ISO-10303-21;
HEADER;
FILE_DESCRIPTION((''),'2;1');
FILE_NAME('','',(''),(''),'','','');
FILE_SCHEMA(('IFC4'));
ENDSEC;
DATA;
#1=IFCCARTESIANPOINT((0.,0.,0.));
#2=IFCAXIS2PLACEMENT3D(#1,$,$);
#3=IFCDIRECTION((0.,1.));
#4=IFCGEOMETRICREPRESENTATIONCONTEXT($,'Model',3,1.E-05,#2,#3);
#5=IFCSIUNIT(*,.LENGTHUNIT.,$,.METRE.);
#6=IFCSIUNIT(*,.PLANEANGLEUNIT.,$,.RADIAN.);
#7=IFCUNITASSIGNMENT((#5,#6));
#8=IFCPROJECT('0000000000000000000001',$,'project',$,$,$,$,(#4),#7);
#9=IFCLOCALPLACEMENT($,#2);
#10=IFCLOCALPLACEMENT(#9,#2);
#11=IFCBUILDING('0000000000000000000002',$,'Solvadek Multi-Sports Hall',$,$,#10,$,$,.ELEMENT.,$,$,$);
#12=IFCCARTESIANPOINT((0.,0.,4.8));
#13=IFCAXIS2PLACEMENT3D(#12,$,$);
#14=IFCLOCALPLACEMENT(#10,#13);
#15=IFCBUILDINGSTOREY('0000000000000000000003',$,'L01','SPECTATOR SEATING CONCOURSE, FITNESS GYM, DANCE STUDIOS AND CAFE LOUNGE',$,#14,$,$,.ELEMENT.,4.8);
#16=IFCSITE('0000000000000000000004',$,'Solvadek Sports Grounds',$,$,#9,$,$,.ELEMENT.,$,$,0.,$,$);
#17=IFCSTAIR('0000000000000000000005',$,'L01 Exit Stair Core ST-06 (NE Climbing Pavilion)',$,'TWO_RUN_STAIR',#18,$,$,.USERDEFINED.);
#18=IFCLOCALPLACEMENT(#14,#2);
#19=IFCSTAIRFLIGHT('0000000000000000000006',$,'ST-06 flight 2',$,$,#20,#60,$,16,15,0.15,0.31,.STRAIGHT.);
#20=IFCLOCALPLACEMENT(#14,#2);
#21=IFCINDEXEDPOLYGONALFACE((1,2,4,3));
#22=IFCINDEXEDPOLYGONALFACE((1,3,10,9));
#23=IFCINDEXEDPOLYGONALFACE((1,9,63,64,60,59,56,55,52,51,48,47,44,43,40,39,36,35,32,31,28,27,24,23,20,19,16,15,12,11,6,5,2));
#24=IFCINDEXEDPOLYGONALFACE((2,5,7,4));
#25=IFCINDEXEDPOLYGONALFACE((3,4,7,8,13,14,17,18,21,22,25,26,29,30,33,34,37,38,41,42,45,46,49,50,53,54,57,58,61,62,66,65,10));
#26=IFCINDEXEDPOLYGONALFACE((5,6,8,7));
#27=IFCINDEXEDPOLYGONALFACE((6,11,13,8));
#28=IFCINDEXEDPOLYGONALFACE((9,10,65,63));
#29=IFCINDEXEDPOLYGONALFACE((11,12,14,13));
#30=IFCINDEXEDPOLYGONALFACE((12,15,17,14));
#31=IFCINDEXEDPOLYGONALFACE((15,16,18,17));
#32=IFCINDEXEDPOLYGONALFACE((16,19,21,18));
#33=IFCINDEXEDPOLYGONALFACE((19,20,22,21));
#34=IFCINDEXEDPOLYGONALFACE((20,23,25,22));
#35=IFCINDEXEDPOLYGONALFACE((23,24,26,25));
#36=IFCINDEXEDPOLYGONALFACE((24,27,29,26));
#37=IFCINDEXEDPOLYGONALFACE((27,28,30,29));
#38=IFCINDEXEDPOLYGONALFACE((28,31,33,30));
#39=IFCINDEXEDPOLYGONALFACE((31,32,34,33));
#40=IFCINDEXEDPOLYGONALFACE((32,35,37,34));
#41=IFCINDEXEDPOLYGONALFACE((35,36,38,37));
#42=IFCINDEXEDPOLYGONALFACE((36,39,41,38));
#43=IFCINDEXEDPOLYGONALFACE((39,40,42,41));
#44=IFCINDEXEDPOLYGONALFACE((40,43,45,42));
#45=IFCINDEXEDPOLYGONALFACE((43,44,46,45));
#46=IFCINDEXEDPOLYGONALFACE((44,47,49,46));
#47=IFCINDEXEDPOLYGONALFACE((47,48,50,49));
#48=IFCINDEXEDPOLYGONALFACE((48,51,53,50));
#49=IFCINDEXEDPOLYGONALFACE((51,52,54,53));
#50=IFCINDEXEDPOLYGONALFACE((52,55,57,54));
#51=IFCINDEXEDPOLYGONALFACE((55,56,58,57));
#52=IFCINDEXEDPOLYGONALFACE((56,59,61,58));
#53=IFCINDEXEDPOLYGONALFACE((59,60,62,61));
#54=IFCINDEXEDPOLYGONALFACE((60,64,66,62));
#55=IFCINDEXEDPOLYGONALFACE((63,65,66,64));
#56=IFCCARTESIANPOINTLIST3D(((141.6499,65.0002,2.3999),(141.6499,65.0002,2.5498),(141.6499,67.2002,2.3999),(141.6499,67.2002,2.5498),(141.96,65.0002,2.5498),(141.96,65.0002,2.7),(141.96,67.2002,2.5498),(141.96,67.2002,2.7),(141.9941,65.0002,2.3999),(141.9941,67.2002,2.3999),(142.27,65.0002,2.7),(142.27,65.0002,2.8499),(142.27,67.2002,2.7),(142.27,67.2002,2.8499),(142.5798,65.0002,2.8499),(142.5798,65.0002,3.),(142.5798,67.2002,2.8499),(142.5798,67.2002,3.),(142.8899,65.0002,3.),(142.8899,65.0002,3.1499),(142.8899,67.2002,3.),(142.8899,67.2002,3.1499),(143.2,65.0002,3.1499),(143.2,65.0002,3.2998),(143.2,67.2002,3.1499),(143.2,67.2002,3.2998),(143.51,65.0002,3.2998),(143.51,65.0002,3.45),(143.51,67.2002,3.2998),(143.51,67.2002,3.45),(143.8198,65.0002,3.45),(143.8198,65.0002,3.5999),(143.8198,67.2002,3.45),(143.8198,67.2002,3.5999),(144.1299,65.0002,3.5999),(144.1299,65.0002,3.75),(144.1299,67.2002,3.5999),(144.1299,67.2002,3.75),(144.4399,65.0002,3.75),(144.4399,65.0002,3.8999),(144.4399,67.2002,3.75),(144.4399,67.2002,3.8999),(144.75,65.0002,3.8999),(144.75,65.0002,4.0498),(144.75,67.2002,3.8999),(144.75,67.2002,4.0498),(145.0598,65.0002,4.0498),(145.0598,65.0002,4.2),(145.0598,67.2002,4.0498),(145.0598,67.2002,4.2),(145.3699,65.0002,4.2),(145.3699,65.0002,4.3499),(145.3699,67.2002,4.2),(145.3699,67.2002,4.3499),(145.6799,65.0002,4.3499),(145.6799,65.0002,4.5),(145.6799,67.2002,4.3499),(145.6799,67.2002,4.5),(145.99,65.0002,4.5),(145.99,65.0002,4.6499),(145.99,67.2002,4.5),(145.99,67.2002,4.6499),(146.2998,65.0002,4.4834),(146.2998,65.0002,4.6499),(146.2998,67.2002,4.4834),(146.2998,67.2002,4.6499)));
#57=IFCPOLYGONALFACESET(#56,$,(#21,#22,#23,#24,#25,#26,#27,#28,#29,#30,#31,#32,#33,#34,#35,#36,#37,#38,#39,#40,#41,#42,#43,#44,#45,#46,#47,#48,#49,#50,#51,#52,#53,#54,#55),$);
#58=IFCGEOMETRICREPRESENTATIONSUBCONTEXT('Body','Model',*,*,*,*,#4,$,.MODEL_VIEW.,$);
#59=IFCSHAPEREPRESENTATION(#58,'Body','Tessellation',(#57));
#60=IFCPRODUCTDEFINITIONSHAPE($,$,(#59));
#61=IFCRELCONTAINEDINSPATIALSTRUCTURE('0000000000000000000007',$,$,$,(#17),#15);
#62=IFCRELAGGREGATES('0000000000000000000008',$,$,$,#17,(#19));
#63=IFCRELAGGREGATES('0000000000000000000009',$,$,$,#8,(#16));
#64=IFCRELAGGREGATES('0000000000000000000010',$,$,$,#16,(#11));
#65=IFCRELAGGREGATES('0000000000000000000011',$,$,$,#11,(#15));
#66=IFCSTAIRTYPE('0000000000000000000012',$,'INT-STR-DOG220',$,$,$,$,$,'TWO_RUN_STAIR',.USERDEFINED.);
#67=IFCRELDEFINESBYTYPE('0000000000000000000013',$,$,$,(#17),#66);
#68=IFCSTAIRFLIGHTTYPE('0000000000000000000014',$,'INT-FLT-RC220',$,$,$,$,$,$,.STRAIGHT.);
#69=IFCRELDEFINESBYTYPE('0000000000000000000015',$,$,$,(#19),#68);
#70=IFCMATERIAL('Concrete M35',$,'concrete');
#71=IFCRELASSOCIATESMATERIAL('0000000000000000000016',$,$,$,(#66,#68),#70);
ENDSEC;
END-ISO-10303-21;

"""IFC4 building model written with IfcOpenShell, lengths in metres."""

from ifc_helpers import new_model, si_unit, direction, frame, origin, place, context, subcontext, project, spatial, polyline, outline, extrude, material, type_object, element, aggregate, save


model = new_model("IFC4")

# Units and contexts
model_context = context("Model", 3, precision=1e-05, world=origin(), true_north=direction((0.0, 1.0)))
body_context = subcontext(model_context, "Body", "Model", "MODEL_VIEW")
ifc_project = project(units=[si_unit("LENGTHUNIT", "METRE"), si_unit("PLANEANGLEUNIT", "RADIAN")], contexts=[model_context])

# Site, building, storey
site_placement = place(None, origin())
site = spatial("IfcSite", under=ifc_project, at=site_placement, Name="Solvadek Sports Grounds", CompositionType="ELEMENT", RefElevation=0.0)
building_placement = place(site_placement, origin())
building = spatial("IfcBuilding", under=site, at=building_placement, Name="Solvadek Multi-Sports Hall", CompositionType="ELEMENT")
storey_placement = place(building_placement, frame((0.0, 0.0, 4.8)))
storey = spatial("IfcBuildingStorey", under=building, at=storey_placement, Name="L01", Description="SPECTATOR SEATING CONCOURSE, FITNESS GYM, DANCE STUDIOS AND CAFE LOUNGE", CompositionType="ELEMENT", Elevation=4.8)

# Stair, stair flight
ifc_material_1 = material(Name="Concrete M35", Category="concrete")
stair_type = type_object("IfcStairType", Name="INT-STR-DOG220", ElementType="TWO_RUN_STAIR", PredefinedType="USERDEFINED", material=ifc_material_1)
stair_placement = place(storey_placement, origin())
stair = element("IfcStair", 1, at=stair_placement, inside=storey, type_object=stair_type, Name="L01 Exit Stair Core ST-06 (NE Climbing Pavilion)", ObjectType="TWO_RUN_STAIR", PredefinedType="USERDEFINED")
stair_flight_type = type_object("IfcStairFlightType", Name="INT-FLT-RC220", PredefinedType="STRAIGHT", material=ifc_material_1)
stair_flight_placement = place(storey_placement, frame((141.6499, 66.1001, 2.3999), z_axis=(0.0, 0.0, 1.0), x_axis=(1.0, 0.0, 0.0)))
stair_flight = element("IfcStairFlight", 2, at=stair_flight_placement, type_object=stair_flight_type, Name="ST-06 flight 2", NumberOfRisers=16, NumberOfTreads=15, PredefinedType="STRAIGHT", RiserHeight=0.15, TreadLength=0.31, context=body_context, shape_type="SweptSolid", body=[
    extrude(outline(polyline([(0.0, 0.0), (0.0, 0.1499), (0.3101, 0.1499), (0.3101, 0.3), (0.6201, 0.3), (0.6201, 0.45), (0.9299, 0.45), (0.9299, 0.6001), (1.24, 0.6001), (1.24, 0.75), (1.55, 0.75), (1.55, 0.8999), (1.8601, 0.8999), (1.8601, 1.05), (2.1699, 1.05), (2.1699, 1.2), (2.48, 1.2), (2.48, 1.3501), (2.79, 1.3501), (2.79, 1.5), (3.1001, 1.5), (3.1001, 1.6499), (3.4099, 1.6499), (3.4099, 1.8), (3.72, 1.8), (3.72, 1.95), (4.03, 1.95), (4.03, 2.1001), (4.3401, 2.1001), (4.3401, 2.25), (4.6499, 2.25), (4.6499, 2.3999), (4.6499, 2.0835), (0.3442, 0.0), (0.0, 0.0)])), frame((0.0, 1.1001, 0.0), z_axis=(0.0, -1.0, 0.0), x_axis=(1.0, 0.0, 0.0)), (0.0, 0.0, 1.0), 2.2),
])
aggregate(stair, [stair_flight])

save(model, "model.ifc")
